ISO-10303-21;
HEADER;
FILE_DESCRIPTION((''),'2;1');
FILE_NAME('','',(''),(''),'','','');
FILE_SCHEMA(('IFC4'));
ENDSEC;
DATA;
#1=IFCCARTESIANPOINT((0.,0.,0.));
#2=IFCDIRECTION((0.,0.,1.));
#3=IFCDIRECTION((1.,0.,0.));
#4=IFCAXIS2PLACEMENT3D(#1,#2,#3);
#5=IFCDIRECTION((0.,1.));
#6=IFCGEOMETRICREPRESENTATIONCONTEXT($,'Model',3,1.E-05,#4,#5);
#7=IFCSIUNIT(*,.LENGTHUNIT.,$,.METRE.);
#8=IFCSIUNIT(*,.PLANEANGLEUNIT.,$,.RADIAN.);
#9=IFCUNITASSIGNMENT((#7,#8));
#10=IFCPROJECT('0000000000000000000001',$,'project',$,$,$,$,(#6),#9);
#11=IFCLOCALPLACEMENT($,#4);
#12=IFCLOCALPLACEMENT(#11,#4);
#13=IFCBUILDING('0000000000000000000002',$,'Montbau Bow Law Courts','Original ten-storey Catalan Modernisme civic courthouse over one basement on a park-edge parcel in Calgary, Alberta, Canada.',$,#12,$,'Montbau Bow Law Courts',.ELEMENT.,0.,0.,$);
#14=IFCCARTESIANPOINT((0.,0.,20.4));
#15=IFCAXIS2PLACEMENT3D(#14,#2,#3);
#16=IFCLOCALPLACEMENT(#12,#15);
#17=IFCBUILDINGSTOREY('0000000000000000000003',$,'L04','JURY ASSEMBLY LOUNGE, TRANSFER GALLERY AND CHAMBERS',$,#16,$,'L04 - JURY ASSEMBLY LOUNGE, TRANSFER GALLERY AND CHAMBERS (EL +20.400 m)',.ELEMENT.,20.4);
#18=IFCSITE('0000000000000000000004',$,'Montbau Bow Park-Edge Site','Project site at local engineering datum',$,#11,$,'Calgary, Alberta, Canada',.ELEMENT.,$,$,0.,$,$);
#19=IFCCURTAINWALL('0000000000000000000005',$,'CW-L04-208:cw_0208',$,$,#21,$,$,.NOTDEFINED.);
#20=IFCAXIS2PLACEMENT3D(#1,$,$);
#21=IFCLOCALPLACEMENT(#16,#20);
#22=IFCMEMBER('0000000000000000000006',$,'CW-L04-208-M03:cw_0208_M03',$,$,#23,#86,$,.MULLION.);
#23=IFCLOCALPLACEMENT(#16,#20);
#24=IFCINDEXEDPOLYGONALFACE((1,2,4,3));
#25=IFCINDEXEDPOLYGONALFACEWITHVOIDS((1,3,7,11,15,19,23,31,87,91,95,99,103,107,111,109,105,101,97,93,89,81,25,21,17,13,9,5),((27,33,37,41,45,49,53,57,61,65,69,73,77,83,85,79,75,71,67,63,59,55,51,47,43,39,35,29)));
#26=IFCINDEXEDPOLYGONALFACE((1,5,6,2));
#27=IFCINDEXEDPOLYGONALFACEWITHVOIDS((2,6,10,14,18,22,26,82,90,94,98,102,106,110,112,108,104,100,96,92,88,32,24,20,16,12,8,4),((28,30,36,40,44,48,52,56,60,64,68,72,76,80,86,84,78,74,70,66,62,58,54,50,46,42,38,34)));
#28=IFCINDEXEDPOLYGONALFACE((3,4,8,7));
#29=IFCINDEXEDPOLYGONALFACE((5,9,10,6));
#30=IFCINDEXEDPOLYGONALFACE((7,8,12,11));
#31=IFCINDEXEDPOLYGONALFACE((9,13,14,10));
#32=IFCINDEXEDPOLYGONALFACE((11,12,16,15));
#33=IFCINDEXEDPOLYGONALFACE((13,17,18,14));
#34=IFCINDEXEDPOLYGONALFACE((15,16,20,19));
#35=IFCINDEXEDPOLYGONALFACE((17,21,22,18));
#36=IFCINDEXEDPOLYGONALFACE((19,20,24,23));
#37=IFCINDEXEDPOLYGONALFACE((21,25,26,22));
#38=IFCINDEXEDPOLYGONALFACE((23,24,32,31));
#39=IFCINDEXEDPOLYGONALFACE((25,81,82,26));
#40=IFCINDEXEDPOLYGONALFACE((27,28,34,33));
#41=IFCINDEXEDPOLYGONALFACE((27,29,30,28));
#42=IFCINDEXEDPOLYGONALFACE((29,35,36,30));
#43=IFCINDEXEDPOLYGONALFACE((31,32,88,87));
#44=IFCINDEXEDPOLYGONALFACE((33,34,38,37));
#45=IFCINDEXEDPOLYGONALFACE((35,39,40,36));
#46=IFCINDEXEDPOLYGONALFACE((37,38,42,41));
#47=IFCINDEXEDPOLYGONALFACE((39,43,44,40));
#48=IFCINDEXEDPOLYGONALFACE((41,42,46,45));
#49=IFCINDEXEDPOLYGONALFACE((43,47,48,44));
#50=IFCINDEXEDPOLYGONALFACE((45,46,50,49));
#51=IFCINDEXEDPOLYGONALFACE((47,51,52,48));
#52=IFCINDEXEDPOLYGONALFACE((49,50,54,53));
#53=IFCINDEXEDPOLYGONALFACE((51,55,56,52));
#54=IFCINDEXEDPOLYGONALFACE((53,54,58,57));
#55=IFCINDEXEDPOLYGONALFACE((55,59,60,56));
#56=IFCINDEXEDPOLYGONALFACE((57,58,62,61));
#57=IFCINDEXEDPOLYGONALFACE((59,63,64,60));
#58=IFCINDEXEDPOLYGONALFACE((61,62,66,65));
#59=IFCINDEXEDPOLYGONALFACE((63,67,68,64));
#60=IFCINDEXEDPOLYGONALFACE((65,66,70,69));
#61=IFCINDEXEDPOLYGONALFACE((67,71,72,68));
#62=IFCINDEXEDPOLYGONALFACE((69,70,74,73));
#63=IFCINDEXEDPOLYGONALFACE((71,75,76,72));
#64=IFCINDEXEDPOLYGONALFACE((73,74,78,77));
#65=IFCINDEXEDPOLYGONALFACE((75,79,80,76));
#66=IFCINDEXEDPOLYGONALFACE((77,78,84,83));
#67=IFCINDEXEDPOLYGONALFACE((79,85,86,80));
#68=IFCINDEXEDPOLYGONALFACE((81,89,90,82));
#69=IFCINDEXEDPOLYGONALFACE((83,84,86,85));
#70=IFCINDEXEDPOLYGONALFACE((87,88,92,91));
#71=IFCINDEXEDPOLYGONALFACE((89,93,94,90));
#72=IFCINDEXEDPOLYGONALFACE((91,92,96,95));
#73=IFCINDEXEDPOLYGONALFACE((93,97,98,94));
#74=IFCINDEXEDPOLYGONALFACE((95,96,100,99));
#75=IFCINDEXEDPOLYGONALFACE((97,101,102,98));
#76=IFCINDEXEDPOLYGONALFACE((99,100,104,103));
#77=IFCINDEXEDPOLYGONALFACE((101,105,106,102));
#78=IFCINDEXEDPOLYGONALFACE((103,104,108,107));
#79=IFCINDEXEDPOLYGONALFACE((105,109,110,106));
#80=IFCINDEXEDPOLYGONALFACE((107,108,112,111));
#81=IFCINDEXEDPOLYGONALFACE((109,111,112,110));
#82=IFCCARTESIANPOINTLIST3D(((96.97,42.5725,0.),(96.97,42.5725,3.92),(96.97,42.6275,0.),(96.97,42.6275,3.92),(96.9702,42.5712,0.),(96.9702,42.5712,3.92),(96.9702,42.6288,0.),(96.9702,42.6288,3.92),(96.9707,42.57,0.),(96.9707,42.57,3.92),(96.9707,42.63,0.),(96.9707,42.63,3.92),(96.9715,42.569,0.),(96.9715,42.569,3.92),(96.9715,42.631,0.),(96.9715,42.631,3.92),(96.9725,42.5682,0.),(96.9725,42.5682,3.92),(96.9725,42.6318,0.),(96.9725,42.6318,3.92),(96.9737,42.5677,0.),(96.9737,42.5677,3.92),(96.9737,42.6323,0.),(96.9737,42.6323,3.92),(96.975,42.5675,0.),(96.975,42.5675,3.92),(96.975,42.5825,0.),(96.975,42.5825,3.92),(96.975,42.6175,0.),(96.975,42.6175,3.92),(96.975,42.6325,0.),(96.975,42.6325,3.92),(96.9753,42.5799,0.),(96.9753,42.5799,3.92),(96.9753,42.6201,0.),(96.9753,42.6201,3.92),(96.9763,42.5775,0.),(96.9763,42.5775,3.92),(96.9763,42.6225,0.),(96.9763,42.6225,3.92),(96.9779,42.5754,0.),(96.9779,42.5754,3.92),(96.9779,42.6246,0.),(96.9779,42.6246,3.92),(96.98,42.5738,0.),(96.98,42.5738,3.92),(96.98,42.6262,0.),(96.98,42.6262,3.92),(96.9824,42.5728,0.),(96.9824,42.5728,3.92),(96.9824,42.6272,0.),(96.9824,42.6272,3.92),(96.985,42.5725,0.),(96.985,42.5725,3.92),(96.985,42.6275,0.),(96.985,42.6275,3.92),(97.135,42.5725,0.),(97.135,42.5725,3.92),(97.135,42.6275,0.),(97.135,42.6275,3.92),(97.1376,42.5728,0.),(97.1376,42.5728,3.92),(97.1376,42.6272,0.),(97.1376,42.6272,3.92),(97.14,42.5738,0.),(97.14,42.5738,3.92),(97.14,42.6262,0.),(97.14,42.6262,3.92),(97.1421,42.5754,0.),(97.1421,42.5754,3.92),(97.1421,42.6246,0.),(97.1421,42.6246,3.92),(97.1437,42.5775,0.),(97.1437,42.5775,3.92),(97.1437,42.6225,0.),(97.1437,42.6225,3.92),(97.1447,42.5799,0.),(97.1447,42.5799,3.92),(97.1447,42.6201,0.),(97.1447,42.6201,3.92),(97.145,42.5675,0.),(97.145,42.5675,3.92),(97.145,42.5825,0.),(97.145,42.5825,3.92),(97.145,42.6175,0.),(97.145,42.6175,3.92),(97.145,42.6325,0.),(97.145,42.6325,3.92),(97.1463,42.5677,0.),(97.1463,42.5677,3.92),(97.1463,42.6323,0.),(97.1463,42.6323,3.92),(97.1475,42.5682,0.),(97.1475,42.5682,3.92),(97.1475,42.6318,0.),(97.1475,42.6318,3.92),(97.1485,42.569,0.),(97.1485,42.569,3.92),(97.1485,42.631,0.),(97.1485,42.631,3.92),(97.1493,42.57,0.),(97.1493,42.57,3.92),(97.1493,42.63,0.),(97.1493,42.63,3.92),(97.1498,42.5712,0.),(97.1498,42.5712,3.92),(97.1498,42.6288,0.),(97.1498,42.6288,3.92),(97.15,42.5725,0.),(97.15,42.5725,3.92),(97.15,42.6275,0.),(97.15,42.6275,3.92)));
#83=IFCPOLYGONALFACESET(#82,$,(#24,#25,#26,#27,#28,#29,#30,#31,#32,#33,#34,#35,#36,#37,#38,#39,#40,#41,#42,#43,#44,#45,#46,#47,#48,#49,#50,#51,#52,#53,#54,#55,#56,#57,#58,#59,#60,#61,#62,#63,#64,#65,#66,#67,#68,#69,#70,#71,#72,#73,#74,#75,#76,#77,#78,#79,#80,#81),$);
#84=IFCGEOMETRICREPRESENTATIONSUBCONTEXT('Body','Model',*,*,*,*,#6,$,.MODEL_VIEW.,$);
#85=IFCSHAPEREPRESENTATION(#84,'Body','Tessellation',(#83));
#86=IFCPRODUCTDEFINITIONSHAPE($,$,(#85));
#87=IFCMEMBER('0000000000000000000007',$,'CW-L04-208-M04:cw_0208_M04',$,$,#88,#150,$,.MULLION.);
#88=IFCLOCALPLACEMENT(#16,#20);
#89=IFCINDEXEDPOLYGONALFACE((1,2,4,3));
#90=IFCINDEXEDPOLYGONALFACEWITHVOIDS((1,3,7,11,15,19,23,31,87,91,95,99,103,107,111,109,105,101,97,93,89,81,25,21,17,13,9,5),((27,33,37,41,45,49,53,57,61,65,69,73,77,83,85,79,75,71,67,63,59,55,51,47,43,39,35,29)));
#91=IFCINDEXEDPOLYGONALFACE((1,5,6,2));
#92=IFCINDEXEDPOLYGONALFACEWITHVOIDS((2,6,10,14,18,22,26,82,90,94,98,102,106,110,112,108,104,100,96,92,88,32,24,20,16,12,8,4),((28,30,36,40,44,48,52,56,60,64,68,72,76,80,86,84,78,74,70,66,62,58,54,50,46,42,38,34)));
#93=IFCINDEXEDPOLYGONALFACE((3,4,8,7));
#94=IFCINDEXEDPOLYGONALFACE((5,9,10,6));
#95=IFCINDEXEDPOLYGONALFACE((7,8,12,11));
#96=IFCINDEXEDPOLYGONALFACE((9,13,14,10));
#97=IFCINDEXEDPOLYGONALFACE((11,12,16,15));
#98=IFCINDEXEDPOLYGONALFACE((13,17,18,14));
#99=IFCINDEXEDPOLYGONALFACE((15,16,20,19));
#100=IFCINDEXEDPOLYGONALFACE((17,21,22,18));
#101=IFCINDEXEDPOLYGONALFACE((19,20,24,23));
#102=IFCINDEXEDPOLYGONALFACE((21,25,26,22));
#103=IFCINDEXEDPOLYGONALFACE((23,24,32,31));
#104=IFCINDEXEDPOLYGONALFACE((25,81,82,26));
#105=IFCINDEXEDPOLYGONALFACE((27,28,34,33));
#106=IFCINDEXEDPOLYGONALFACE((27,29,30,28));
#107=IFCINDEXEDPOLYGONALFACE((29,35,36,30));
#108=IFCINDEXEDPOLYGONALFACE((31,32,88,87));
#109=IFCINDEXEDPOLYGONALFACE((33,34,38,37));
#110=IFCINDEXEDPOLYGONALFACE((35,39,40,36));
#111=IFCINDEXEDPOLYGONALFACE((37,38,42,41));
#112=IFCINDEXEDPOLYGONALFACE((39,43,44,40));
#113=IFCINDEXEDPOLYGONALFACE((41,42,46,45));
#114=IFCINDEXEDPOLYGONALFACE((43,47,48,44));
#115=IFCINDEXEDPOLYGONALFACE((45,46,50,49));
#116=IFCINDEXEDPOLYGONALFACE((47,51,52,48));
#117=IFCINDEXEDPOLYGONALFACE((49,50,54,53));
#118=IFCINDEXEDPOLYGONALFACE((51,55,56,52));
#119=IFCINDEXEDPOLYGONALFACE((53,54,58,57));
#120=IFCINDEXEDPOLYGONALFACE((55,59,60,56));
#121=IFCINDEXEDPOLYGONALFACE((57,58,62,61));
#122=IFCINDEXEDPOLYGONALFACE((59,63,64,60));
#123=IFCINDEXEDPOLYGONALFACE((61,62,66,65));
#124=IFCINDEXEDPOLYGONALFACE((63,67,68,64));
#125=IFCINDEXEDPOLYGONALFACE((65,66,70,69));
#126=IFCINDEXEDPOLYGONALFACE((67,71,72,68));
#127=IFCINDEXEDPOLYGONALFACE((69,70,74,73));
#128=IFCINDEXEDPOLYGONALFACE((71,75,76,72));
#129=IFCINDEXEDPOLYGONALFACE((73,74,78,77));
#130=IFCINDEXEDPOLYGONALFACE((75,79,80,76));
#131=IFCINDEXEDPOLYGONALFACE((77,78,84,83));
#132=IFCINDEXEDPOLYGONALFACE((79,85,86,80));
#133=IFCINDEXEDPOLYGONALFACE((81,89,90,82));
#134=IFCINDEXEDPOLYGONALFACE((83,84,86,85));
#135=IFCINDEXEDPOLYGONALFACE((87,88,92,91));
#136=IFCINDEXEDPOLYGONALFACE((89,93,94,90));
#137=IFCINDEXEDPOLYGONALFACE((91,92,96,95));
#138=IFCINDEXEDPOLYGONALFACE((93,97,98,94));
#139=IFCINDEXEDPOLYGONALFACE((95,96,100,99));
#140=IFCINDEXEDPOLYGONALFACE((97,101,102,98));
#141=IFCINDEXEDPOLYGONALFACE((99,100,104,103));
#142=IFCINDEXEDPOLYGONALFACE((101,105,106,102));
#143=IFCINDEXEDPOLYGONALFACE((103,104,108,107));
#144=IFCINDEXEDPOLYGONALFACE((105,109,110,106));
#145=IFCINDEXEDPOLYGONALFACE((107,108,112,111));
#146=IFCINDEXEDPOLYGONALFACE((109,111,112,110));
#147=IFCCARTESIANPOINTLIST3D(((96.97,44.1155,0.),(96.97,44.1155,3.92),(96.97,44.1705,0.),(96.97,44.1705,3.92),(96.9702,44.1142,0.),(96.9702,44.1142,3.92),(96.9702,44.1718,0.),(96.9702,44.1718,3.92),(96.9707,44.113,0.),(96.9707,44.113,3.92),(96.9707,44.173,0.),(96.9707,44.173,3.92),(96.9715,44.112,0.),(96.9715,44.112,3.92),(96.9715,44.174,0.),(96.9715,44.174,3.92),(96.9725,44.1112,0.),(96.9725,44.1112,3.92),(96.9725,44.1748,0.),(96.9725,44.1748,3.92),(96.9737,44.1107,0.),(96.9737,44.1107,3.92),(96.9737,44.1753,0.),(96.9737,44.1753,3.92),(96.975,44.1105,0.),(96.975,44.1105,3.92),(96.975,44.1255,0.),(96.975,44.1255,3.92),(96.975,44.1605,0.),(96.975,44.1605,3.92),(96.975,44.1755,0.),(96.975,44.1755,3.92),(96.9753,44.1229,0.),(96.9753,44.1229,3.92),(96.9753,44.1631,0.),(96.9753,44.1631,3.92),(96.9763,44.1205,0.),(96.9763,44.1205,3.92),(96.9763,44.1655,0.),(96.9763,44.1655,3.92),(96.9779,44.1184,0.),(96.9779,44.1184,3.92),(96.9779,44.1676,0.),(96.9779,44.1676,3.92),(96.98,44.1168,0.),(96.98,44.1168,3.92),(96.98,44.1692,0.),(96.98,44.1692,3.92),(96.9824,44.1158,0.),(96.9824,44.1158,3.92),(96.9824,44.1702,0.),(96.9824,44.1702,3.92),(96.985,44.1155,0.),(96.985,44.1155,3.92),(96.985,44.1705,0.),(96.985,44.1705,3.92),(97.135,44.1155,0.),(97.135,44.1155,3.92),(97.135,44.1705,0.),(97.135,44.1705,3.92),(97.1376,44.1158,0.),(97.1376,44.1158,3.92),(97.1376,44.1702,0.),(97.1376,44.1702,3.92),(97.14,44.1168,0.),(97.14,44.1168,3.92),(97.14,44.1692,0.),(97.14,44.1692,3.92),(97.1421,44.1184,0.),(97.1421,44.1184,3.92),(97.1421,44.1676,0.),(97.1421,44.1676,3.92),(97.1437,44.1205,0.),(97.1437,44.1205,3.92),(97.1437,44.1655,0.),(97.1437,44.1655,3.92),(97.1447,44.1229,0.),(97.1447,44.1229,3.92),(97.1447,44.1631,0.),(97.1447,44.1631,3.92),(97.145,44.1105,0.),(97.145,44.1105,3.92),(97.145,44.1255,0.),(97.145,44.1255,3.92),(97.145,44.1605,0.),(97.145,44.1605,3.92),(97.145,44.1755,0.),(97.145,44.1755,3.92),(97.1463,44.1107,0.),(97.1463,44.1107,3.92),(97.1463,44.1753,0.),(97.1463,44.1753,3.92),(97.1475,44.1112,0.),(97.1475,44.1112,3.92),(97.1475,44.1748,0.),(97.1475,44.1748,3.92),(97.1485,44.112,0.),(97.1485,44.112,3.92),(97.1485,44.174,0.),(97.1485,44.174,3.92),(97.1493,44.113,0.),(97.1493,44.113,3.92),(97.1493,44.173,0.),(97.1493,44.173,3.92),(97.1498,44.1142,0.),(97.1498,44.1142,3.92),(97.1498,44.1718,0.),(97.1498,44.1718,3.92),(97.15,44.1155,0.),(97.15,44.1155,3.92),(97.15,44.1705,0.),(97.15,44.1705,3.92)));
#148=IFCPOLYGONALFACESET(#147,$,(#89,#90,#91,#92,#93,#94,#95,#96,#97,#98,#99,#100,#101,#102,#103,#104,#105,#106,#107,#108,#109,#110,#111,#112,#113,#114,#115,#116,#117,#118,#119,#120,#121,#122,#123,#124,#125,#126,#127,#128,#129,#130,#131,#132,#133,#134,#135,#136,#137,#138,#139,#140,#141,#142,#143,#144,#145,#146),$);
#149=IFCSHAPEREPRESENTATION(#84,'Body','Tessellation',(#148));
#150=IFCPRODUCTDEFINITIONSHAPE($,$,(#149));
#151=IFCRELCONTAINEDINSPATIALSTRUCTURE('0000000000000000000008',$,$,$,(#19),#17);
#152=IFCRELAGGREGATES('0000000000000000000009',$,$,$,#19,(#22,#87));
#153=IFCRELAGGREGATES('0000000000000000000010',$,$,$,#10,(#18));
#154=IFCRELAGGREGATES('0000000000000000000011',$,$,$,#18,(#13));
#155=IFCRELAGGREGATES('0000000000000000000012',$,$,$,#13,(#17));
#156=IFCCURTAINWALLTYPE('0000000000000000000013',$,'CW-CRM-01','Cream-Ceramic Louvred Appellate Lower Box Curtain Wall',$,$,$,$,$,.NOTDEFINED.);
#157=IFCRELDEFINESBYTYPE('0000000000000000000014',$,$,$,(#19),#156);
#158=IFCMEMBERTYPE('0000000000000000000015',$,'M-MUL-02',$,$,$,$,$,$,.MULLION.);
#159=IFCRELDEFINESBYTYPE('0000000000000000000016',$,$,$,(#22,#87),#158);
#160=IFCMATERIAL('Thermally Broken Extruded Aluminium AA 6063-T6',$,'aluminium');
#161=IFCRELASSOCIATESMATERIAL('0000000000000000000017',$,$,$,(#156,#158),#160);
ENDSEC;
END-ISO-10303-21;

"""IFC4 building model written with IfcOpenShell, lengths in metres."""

from ifc_helpers import new_model, si_unit, direction, frame, origin_with_axes, origin_2d_with_axis, place, context, subcontext, project, spatial, hollow_rectangle, extrude, material, material_profile, profile_set, type_object, element, aggregate, save


model = new_model("IFC4")

# Units and contexts
model_context = context("Model", 3, precision=1e-05, world=origin_with_axes(), true_north=direction((0.0, 1.0)))
body_context = subcontext(model_context, "Body", "Model", "MODEL_VIEW")
ifc_project = project(units=[si_unit("LENGTHUNIT", "METRE"), si_unit("PLANEANGLEUNIT", "RADIAN")], contexts=[model_context])

# Site, building, storey
site_placement = place(None, origin_with_axes())
site = spatial("IfcSite", under=ifc_project, at=site_placement, Name="Montbau Bow Park-Edge Site", Description="Project site at local engineering datum", LongName="Calgary, Alberta, Canada", CompositionType="ELEMENT", RefElevation=0.0)
building_placement = place(site_placement, origin_with_axes())
building = spatial("IfcBuilding", under=site, at=building_placement, Name="Montbau Bow Law Courts", Description="Original ten-storey Catalan Modernisme civic courthouse over one basement on a park-edge parcel in Calgary, Alberta, Canada.", LongName="Montbau Bow Law Courts", CompositionType="ELEMENT", ElevationOfRefHeight=0.0, ElevationOfTerrain=0.0)
storey_placement = place(building_placement, frame((0.0, 0.0, 20.4), z_axis=(0.0, 0.0, 1.0), x_axis=(1.0, 0.0, 0.0)))
storey = spatial("IfcBuildingStorey", under=building, at=storey_placement, Name="L04", Description="JURY ASSEMBLY LOUNGE, TRANSFER GALLERY AND CHAMBERS", LongName="L04 - JURY ASSEMBLY LOUNGE, TRANSFER GALLERY AND CHAMBERS (EL +20.400 m)", CompositionType="ELEMENT", Elevation=20.4)

# Curtain wall, members
ifc_material_1 = material(Name="Thermally Broken Extruded Aluminium AA 6063-T6", Category="aluminium")
curtain_wall_type = type_object("IfcCurtainWallType", Name="CW-CRM-01", Description="Cream-Ceramic Louvred Appellate Lower Box Curtain Wall", PredefinedType="NOTDEFINED", material=ifc_material_1)
curtain_wall_1_placement = place(None, frame((97.06, 39.515, 20.4), z_axis=(0.0, 0.0, 1.0), x_axis=(1.0, 0.0, 0.0)))
curtain_wall_1 = element("IfcCurtainWall", 1, at=curtain_wall_1_placement, inside=storey, type_object=curtain_wall_type, Name="CW-L04-208:cw_0208", PredefinedType="NOTDEFINED")
ifc_material_profile_1 = material_profile(ifc_material_1, hollow_rectangle(XDim=0.065, YDim=0.18, WallThickness=0.005, InnerFilletRadius=0.01, OuterFilletRadius=0.005, at=origin_2d_with_axis()), Name="CWM-180X65", Category="Main", Priority=0)
ifc_profile_set_1 = profile_set([ifc_material_profile_1], Name="Thermally Broken Extruded Aluminium AA 6063-T6")
member_type_1 = type_object("IfcMemberType", Name="M-MUL-02", PredefinedType="MULLION", material=ifc_profile_set_1)
member_1_placement = place(None, frame((97.06, 42.6, 20.4), z_axis=(0.0, 0.0, 1.0), x_axis=(0.0, 1.0, 0.0)))
member_1 = element("IfcMember", 2, at=member_1_placement, type_object=member_type_1, Name="CW-L04-208-M03:cw_0208_M03", PredefinedType="MULLION", context=body_context, shape_type="SweptSolid", body=[
    extrude(hollow_rectangle(XDim=0.065, YDim=0.18, WallThickness=0.005, InnerFilletRadius=0.01, OuterFilletRadius=0.005, at=origin_2d_with_axis()), origin_with_axes(), (0.0, 0.0, 1.0), 3.92),
])
member_2_placement = place(None, frame((97.06, 44.143, 20.4), z_axis=(0.0, 0.0, 1.0), x_axis=(0.0, 1.0, 0.0)))
member_2 = element("IfcMember", 3, at=member_2_placement, type_object=member_type_1, Name="CW-L04-208-M04:cw_0208_M04", PredefinedType="MULLION", context=body_context, shape_type="SweptSolid", body=[
    extrude(hollow_rectangle(XDim=0.065, YDim=0.18, WallThickness=0.005, InnerFilletRadius=0.01, OuterFilletRadius=0.005, at=origin_2d_with_axis()), origin_with_axes(), (0.0, 0.0, 1.0), 3.92),
])

aggregate(curtain_wall_1, [member_1, member_2])

save(model, "model.ifc")
